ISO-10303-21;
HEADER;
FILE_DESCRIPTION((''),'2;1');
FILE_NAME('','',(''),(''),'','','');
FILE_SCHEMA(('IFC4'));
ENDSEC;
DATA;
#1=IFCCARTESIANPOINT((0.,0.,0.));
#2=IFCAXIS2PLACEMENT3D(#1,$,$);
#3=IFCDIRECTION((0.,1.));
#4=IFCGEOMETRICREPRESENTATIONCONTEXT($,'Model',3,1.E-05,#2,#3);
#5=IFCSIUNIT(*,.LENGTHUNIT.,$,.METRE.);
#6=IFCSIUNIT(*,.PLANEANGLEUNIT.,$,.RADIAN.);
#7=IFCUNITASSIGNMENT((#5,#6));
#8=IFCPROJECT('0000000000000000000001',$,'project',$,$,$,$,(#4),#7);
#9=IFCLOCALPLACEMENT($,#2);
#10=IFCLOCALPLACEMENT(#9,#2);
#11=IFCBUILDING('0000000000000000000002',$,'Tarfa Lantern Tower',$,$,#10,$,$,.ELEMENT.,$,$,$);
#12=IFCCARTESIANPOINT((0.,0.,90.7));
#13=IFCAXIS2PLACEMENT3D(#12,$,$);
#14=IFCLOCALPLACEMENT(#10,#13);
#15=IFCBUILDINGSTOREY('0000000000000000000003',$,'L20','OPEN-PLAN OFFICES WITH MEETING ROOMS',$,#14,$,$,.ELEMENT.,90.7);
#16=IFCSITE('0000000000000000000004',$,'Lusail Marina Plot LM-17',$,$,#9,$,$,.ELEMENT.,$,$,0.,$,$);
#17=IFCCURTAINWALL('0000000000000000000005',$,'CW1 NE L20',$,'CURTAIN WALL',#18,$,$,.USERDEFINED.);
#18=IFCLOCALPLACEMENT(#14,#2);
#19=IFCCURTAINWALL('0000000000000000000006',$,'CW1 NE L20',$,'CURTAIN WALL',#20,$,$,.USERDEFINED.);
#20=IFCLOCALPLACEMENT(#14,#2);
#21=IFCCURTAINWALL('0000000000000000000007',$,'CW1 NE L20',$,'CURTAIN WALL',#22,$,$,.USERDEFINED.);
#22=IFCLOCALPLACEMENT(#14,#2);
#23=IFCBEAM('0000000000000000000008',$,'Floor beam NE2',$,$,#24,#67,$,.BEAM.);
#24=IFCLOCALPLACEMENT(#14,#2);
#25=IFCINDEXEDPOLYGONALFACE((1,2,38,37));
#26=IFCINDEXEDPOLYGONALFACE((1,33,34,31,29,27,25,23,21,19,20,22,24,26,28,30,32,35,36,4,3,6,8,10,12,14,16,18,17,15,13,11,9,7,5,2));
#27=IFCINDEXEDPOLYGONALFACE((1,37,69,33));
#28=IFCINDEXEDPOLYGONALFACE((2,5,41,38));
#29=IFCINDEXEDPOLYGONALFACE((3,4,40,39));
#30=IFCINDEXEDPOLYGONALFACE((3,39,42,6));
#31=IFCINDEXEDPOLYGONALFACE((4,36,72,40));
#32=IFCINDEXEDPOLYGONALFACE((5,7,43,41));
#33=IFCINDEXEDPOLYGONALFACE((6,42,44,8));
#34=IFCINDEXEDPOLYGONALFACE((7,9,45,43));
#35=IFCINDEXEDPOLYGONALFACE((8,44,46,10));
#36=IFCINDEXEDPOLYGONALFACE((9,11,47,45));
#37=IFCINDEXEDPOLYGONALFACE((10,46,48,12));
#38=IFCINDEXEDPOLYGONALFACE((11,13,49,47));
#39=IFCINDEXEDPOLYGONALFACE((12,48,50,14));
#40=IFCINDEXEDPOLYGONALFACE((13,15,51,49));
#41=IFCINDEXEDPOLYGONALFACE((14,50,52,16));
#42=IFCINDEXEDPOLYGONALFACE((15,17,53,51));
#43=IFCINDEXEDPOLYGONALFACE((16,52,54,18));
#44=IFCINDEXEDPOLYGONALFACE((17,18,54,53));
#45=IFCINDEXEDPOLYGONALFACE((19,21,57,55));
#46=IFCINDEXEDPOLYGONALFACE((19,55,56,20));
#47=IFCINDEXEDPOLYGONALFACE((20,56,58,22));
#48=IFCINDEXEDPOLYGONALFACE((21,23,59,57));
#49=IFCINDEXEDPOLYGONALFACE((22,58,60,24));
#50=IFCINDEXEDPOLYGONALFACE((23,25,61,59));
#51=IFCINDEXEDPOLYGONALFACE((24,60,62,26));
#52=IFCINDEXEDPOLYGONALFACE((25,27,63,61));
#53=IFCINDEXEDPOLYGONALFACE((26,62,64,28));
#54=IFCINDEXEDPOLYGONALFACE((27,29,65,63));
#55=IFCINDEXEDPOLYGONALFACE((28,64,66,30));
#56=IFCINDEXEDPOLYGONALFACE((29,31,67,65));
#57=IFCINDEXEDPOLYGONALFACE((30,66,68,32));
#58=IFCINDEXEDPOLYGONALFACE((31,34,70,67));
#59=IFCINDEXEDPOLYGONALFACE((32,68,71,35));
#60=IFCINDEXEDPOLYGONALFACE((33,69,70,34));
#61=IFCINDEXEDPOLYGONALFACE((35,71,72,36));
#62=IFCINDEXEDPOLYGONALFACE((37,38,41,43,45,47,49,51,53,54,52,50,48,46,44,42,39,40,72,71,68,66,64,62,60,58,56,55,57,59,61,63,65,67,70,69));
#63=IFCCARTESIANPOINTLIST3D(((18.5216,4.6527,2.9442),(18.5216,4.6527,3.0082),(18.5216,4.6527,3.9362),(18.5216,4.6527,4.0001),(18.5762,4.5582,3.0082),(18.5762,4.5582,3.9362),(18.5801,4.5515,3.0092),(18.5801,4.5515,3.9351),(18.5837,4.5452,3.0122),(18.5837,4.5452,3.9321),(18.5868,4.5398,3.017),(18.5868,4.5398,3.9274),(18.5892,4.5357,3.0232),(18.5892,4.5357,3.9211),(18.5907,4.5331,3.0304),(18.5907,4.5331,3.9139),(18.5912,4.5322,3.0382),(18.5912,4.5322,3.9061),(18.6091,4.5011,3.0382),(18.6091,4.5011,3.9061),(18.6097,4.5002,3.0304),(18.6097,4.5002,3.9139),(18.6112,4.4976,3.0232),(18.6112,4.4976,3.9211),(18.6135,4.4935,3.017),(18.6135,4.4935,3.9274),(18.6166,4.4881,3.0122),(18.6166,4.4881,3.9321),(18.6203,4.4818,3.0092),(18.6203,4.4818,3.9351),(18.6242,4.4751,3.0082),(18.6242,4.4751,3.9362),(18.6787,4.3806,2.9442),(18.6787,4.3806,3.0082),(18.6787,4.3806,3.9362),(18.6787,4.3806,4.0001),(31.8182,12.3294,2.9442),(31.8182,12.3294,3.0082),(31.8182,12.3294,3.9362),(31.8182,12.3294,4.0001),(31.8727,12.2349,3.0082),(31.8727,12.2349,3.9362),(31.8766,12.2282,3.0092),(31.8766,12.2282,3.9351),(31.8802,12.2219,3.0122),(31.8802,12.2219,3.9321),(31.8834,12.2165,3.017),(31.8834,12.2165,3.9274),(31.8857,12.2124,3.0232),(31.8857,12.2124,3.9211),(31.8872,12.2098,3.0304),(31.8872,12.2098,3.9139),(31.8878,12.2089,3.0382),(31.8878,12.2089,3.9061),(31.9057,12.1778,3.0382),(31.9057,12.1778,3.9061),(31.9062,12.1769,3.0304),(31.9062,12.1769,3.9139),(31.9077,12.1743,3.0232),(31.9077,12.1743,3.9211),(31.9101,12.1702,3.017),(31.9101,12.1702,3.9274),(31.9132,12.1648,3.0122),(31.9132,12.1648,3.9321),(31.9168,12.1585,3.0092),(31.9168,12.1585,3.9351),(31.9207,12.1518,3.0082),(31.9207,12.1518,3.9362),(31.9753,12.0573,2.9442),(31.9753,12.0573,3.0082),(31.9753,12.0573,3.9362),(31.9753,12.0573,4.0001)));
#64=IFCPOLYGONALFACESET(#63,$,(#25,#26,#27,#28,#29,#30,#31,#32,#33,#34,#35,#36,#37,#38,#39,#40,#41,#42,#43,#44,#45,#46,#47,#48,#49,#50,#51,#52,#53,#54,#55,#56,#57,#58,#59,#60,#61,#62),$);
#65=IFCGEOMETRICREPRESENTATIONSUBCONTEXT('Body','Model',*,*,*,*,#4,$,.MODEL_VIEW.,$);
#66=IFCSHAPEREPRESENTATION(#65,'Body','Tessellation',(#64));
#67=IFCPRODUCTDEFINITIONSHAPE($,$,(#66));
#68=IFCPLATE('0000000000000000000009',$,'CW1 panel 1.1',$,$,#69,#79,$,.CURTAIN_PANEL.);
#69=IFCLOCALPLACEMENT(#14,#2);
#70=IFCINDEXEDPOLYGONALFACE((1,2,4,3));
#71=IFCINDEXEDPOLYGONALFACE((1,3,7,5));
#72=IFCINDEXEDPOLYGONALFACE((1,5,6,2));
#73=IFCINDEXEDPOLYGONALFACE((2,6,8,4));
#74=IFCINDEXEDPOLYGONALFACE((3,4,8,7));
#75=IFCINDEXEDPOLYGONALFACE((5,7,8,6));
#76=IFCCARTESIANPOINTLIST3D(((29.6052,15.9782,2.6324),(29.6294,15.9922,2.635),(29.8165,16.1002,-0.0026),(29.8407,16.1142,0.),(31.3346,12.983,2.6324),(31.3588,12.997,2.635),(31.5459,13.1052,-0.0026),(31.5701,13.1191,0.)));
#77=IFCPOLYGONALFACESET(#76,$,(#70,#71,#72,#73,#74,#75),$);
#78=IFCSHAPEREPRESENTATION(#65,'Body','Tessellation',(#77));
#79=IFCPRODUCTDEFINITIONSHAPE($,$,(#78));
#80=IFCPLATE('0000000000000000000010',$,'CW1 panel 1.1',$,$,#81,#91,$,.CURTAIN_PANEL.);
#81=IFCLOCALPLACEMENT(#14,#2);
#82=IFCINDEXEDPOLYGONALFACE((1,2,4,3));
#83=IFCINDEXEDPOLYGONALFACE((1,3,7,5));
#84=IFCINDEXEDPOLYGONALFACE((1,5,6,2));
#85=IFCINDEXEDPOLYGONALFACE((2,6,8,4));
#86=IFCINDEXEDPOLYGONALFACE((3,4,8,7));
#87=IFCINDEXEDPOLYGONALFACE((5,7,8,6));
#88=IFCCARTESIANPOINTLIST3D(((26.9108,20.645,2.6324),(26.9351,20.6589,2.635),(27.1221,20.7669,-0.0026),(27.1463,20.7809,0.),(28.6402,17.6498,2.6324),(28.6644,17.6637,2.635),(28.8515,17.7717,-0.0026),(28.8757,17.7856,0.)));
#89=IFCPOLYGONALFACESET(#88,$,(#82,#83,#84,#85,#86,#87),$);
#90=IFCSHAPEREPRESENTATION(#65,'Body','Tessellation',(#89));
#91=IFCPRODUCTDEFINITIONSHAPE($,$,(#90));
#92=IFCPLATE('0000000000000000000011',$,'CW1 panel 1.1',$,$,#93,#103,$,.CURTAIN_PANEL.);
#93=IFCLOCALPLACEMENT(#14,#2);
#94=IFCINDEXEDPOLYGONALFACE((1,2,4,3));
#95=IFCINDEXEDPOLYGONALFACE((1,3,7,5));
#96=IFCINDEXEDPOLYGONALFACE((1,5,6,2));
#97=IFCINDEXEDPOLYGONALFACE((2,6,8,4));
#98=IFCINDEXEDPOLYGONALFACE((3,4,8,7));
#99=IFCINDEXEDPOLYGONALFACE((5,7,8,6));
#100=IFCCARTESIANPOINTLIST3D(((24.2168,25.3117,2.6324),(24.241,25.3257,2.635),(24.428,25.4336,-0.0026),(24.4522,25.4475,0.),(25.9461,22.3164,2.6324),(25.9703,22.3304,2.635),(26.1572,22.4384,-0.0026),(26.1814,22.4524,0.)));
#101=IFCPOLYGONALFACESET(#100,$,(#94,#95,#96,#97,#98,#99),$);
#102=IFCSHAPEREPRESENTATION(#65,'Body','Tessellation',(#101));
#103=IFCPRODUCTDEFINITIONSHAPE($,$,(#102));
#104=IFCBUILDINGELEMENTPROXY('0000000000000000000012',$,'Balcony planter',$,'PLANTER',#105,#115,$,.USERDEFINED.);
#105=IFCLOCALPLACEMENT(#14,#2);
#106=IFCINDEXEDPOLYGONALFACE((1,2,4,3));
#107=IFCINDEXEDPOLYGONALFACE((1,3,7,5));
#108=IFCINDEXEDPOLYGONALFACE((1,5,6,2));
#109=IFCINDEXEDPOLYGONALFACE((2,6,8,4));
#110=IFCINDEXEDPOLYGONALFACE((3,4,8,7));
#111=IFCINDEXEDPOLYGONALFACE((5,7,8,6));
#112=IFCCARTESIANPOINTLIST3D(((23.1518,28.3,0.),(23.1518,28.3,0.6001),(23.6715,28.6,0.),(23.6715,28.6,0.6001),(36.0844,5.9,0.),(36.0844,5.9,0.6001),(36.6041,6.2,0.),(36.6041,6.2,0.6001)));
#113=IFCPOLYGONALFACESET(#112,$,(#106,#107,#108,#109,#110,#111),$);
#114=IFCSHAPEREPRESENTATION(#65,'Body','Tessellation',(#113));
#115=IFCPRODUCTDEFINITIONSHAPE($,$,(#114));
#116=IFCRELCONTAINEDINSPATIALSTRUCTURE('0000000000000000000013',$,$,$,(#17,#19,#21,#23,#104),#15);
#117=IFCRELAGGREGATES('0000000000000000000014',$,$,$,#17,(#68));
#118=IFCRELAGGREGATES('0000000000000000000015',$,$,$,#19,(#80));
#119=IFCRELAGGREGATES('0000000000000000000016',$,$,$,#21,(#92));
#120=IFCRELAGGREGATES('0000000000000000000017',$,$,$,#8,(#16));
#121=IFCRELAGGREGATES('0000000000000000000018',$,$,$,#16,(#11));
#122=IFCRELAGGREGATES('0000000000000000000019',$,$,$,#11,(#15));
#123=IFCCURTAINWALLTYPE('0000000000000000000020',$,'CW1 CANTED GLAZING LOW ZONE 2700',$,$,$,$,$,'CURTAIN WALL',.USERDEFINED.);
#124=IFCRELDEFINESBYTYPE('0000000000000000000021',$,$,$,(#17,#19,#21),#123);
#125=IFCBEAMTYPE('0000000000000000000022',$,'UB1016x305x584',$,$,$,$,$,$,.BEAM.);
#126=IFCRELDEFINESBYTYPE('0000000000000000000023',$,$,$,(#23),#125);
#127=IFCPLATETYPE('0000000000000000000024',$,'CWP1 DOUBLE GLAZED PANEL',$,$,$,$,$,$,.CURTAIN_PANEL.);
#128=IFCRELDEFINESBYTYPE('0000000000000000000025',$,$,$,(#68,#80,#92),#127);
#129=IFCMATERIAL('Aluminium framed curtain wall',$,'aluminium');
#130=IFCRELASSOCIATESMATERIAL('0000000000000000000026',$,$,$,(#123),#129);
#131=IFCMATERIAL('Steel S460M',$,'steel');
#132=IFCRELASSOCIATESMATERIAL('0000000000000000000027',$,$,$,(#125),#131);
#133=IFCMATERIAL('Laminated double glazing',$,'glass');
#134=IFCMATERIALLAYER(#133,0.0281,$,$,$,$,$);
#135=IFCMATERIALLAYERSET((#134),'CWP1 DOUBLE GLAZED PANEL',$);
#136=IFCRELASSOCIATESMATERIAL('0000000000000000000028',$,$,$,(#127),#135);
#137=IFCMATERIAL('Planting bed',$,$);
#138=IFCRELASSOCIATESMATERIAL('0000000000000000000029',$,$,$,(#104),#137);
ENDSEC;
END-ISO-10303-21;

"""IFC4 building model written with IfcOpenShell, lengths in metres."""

from ifc_helpers import new_model, si_unit, direction, frame, origin, origin_2d, place, context, subcontext, project, spatial, polyline, rectangle, i_section, outline, extrude, material, layer, layer_set, material_profile, profile_set, type_object, element, aggregate, save


model = new_model("IFC4")

# Units and contexts
model_context = context("Model", 3, precision=1e-05, world=origin(), true_north=direction((0.0, 1.0)))
body_context = subcontext(model_context, "Body", "Model", "MODEL_VIEW")
ifc_project = project(units=[si_unit("LENGTHUNIT", "METRE"), si_unit("PLANEANGLEUNIT", "RADIAN")], contexts=[model_context])

# Site, building, storey
site_placement = place(None, origin())
site = spatial("IfcSite", under=ifc_project, at=site_placement, Name="Lusail Marina Plot LM-17", CompositionType="ELEMENT", RefElevation=0.0)
building_placement = place(site_placement, origin())
building = spatial("IfcBuilding", under=site, at=building_placement, Name="Tarfa Lantern Tower", CompositionType="ELEMENT")
storey_placement = place(building_placement, frame((0.0, 0.0, 90.7)))
storey = spatial("IfcBuildingStorey", under=building, at=storey_placement, Name="L20", Description="OPEN-PLAN OFFICES WITH MEETING ROOMS", CompositionType="ELEMENT", Elevation=90.7)

# Curtain walls
ifc_material_1 = material(Name="Aluminium framed curtain wall", Category="aluminium")
curtain_wall_type = type_object("IfcCurtainWallType", Name="CW1 CANTED GLAZING LOW ZONE 2700", ElementType="CURTAIN WALL", PredefinedType="USERDEFINED", material=ifc_material_1)
curtain_wall_1_placement = place(storey_placement, origin())
curtain_wall_1 = element("IfcCurtainWall", 1, at=curtain_wall_1_placement, inside=storey, type_object=curtain_wall_type, Name="CW1 NE L20", ObjectType="CURTAIN WALL", PredefinedType="USERDEFINED")
curtain_wall_2_placement = place(storey_placement, origin())
curtain_wall_2 = element("IfcCurtainWall", 2, at=curtain_wall_2_placement, inside=storey, type_object=curtain_wall_type, Name="CW1 NE L20", ObjectType="CURTAIN WALL", PredefinedType="USERDEFINED")
curtain_wall_3_placement = place(storey_placement, origin())
curtain_wall_3 = element("IfcCurtainWall", 3, at=curtain_wall_3_placement, inside=storey, type_object=curtain_wall_type, Name="CW1 NE L20", ObjectType="CURTAIN WALL", PredefinedType="USERDEFINED")

# Beam
ifc_material_2 = material(Name="Steel S460M", Category="steel")
ifc_material_profile_1 = material_profile(ifc_material_2, i_section(OverallWidth=0.3142, OverallDepth=1.0559, WebThickness=0.0359, FlangeThickness=0.064, FilletRadius=0.03, at=origin_2d()), Name="UB1016x305x584")
ifc_profile_set_1 = profile_set([ifc_material_profile_1], Name="Steel S460M")
beam_type_1 = type_object("IfcBeamType", Name="UB1016x305x584", PredefinedType="BEAM", material=ifc_profile_set_1)
beam_1_placement = place(storey_placement, frame((31.8967, 12.1934, 3.4722), z_axis=(-0.866027, -0.499997, 0.0), x_axis=(0.499997, -0.866027, 0.0)))
element("IfcBeam", 4, at=beam_1_placement, inside=storey, type_object=beam_type_1, Name="Floor beam NE2", PredefinedType="BEAM", context=body_context, shape_type="SweptSolid", body=[
    extrude(i_section(OverallWidth=0.3142, OverallDepth=1.0559, WebThickness=0.0359, FlangeThickness=0.064, FilletRadius=0.03, at=origin_2d()), origin(), (0.0, 0.0, 1.0), 15.3535),
])

# Plates
ifc_material_3 = material(Name="Laminated double glazing", Category="glass")
ifc_layer = layer(ifc_material_3, 0.0281)
ifc_layer_set = layer_set([ifc_layer], Name="CWP1 DOUBLE GLAZED PANEL")
plate_type = type_object("IfcPlateType", Name="CWP1 DOUBLE GLAZED PANEL", PredefinedType="CURTAIN_PANEL", material=ifc_layer_set)
plate_1_placement = place(storey_placement, frame((31.5701, 13.1191, 0.0), z_axis=(0.862318, 0.497899, 0.092216), x_axis=(-0.50003, 0.866008, -0.000003)))
plate_1 = element("IfcPlate", 5, at=plate_1_placement, type_object=plate_type, Name="CW1 panel 1.1", PredefinedType="CURTAIN_PANEL", context=body_context, shape_type="SweptSolid", body=[
    extrude(outline(polyline([(0.0, 0.0), (3.4585, 0.0), (3.4585, 2.6463), (-0.0001, 2.6463), (0.0, 0.0)])), origin(), (0.0, 0.0, -1.0), 0.0281),
])
aggregate(curtain_wall_1, [plate_1])
plate_2_placement = place(storey_placement, frame((28.8757, 17.7856, 0.0), z_axis=(0.862329, 0.497885, 0.092193), x_axis=(-0.500014, 0.866017, -0.000004)))
plate_2 = element("IfcPlate", 6, at=plate_2_placement, type_object=plate_type, Name="CW1 panel 1.1", PredefinedType="CURTAIN_PANEL", context=body_context, shape_type="SweptSolid", body=[
    extrude(outline(polyline([(0.0, 0.0), (3.4587, 0.0), (3.4587, 2.6463), (0.0001, 2.6463), (0.0, 0.0)])), origin(), (0.0, 0.0, -1.0), 0.0281),
])
aggregate(curtain_wall_2, [plate_2])
plate_3_placement = place(storey_placement, frame((26.1814, 22.4524, 0.0), z_axis=(0.862347, 0.497861, 0.092153), x_axis=(-0.499988, 0.866032, 0.000002)))
plate_3 = element("IfcPlate", 7, at=plate_3_placement, type_object=plate_type, Name="CW1 panel 1.1", PredefinedType="CURTAIN_PANEL", context=body_context, shape_type="SweptSolid", body=[
    extrude(outline(polyline([(0.0, 0.0), (3.4585, 0.0), (3.4586, 2.6463), (-0.0001, 2.6463), (0.0, 0.0)])), origin(), (0.0, 0.0, -1.0), 0.0281),
])
aggregate(curtain_wall_3, [plate_3])

# Building element proxy
ifc_material_4 = material(Name="Planting bed")
proxy_placement = place(storey_placement, frame((29.8779, 17.25, 0.0), z_axis=(0.0, 0.0, 1.0), x_axis=(-0.5, 0.866025, 0.0)))
element("IfcBuildingElementProxy", 8, at=proxy_placement, inside=storey, material=ifc_material_4, Name="Balcony planter", ObjectType="PLANTER", PredefinedType="USERDEFINED", context=body_context, shape_type="SweptSolid", body=[
    extrude(rectangle(XDim=25.8652, YDim=0.6001, at=origin_2d()), origin(), (0.0, 0.0, 1.0), 0.6001),
])

save(model, "model.ifc")
